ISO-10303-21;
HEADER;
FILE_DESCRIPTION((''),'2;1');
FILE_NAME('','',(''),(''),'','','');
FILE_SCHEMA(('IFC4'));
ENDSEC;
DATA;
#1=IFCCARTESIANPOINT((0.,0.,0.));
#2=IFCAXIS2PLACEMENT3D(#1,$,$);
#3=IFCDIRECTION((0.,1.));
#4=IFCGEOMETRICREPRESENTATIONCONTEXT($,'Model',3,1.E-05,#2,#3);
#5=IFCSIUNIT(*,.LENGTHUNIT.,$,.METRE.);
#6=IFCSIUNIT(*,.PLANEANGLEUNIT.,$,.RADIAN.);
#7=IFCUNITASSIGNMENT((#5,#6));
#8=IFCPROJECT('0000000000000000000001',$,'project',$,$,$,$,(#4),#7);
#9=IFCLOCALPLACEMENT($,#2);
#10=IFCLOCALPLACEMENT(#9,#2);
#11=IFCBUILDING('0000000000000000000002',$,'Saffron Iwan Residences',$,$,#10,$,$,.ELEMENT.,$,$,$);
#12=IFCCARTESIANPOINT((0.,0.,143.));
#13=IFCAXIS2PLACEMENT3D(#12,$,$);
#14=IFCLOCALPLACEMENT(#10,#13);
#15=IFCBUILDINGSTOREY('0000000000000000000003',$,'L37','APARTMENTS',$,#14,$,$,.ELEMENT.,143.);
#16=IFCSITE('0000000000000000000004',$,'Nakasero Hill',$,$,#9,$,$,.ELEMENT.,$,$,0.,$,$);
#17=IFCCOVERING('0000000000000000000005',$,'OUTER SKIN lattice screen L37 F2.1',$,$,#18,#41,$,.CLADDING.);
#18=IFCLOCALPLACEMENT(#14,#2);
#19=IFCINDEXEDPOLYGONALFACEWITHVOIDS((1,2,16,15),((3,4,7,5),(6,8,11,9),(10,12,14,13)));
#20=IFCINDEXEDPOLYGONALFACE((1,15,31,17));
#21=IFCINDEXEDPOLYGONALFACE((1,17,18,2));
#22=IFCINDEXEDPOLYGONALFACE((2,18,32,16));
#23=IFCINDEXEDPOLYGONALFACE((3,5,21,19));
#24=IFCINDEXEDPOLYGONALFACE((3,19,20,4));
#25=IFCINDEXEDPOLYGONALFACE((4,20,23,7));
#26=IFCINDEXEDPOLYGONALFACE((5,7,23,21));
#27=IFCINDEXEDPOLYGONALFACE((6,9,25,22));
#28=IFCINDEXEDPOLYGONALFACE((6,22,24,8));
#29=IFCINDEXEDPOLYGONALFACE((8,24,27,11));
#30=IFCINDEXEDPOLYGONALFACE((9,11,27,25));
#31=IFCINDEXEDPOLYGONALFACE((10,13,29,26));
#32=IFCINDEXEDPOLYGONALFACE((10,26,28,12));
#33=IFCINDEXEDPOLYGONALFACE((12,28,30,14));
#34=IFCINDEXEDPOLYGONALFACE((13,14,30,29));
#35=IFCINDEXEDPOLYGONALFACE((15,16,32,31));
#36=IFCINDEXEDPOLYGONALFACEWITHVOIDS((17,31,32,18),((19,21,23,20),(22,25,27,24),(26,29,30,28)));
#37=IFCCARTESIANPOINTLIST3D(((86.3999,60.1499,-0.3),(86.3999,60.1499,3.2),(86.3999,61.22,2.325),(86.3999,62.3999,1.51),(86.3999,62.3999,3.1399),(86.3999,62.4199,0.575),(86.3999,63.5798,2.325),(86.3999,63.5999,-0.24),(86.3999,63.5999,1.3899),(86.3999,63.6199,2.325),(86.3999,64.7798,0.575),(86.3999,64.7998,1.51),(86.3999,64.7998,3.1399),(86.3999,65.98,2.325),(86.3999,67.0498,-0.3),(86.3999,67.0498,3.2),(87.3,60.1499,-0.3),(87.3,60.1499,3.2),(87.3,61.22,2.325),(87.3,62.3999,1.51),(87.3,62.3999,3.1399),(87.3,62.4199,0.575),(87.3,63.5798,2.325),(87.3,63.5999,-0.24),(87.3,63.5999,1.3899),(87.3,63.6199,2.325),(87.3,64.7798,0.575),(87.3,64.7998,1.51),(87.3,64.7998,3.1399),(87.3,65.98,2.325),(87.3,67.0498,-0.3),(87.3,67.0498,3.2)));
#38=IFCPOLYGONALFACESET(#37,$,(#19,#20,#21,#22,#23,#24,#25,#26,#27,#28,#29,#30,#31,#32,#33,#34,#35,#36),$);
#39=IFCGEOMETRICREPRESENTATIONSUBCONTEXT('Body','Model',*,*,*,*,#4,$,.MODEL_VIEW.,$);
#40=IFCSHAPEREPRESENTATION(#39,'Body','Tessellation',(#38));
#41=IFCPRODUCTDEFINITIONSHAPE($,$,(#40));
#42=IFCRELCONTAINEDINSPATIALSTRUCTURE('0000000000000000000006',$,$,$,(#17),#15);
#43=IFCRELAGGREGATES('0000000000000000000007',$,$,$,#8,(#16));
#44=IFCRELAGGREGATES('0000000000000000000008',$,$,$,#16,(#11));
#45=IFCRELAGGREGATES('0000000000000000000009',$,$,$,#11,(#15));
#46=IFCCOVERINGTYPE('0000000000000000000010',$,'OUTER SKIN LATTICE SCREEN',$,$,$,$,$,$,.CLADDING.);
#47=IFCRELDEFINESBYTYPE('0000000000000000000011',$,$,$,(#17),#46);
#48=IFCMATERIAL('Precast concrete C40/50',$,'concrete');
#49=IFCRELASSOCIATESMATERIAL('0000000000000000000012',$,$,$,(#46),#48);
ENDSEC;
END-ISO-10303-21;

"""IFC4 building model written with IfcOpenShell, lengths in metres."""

from ifc_helpers import new_model, si_unit, direction, frame, origin, place, context, subcontext, project, spatial, polyline, outline, extrude, material, type_object, element, save


model = new_model("IFC4")

# Units and contexts
model_context = context("Model", 3, precision=1e-05, world=origin(), true_north=direction((0.0, 1.0)))
body_context = subcontext(model_context, "Body", "Model", "MODEL_VIEW")
ifc_project = project(units=[si_unit("LENGTHUNIT", "METRE"), si_unit("PLANEANGLEUNIT", "RADIAN")], contexts=[model_context])

# Site, building, storey
site_placement = place(None, origin())
site = spatial("IfcSite", under=ifc_project, at=site_placement, Name="Nakasero Hill", CompositionType="ELEMENT", RefElevation=0.0)
building_placement = place(site_placement, origin())
building = spatial("IfcBuilding", under=site, at=building_placement, Name="Saffron Iwan Residences", CompositionType="ELEMENT")
storey_placement = place(building_placement, frame((0.0, 0.0, 143.0)))
storey = spatial("IfcBuildingStorey", under=building, at=storey_placement, Name="L37", Description="APARTMENTS", CompositionType="ELEMENT", Elevation=143.0)

# Covering
ifc_material_1 = material(Name="Precast concrete C40/50", Category="concrete")
covering_type = type_object("IfcCoveringType", Name="OUTER SKIN LATTICE SCREEN", PredefinedType="CLADDING", material=ifc_material_1)
covering_placement = place(storey_placement, frame((86.3999, 60.1499, -0.3), z_axis=(1.0, 0.0, 0.0), x_axis=(0.0, 1.0, 0.0)))
element("IfcCovering", 1, at=covering_placement, inside=storey, type_object=covering_type, Name="OUTER SKIN lattice screen L37 F2.1", PredefinedType="CLADDING", context=body_context, shape_type="SweptSolid", body=[
    extrude(outline(polyline([(0.0, 0.0), (6.8999, 0.0), (6.8999, 3.5), (0.0, 3.5), (0.0, 0.0)]), holes=[polyline([(2.27, 0.875), (3.45, 0.0601), (4.6299, 0.875), (3.45, 1.6899), (2.27, 0.875)]), polyline([(1.0701, 2.625), (2.25, 1.8101), (3.4299, 2.625), (2.25, 3.4399), (1.0701, 2.625)]), polyline([(3.47, 2.625), (4.6499, 1.8101), (5.8301, 2.625), (4.6499, 3.4399), (3.47, 2.625)])]), origin(), (0.0, 0.0, 1.0), 0.9001),
])

save(model, "model.ifc")
